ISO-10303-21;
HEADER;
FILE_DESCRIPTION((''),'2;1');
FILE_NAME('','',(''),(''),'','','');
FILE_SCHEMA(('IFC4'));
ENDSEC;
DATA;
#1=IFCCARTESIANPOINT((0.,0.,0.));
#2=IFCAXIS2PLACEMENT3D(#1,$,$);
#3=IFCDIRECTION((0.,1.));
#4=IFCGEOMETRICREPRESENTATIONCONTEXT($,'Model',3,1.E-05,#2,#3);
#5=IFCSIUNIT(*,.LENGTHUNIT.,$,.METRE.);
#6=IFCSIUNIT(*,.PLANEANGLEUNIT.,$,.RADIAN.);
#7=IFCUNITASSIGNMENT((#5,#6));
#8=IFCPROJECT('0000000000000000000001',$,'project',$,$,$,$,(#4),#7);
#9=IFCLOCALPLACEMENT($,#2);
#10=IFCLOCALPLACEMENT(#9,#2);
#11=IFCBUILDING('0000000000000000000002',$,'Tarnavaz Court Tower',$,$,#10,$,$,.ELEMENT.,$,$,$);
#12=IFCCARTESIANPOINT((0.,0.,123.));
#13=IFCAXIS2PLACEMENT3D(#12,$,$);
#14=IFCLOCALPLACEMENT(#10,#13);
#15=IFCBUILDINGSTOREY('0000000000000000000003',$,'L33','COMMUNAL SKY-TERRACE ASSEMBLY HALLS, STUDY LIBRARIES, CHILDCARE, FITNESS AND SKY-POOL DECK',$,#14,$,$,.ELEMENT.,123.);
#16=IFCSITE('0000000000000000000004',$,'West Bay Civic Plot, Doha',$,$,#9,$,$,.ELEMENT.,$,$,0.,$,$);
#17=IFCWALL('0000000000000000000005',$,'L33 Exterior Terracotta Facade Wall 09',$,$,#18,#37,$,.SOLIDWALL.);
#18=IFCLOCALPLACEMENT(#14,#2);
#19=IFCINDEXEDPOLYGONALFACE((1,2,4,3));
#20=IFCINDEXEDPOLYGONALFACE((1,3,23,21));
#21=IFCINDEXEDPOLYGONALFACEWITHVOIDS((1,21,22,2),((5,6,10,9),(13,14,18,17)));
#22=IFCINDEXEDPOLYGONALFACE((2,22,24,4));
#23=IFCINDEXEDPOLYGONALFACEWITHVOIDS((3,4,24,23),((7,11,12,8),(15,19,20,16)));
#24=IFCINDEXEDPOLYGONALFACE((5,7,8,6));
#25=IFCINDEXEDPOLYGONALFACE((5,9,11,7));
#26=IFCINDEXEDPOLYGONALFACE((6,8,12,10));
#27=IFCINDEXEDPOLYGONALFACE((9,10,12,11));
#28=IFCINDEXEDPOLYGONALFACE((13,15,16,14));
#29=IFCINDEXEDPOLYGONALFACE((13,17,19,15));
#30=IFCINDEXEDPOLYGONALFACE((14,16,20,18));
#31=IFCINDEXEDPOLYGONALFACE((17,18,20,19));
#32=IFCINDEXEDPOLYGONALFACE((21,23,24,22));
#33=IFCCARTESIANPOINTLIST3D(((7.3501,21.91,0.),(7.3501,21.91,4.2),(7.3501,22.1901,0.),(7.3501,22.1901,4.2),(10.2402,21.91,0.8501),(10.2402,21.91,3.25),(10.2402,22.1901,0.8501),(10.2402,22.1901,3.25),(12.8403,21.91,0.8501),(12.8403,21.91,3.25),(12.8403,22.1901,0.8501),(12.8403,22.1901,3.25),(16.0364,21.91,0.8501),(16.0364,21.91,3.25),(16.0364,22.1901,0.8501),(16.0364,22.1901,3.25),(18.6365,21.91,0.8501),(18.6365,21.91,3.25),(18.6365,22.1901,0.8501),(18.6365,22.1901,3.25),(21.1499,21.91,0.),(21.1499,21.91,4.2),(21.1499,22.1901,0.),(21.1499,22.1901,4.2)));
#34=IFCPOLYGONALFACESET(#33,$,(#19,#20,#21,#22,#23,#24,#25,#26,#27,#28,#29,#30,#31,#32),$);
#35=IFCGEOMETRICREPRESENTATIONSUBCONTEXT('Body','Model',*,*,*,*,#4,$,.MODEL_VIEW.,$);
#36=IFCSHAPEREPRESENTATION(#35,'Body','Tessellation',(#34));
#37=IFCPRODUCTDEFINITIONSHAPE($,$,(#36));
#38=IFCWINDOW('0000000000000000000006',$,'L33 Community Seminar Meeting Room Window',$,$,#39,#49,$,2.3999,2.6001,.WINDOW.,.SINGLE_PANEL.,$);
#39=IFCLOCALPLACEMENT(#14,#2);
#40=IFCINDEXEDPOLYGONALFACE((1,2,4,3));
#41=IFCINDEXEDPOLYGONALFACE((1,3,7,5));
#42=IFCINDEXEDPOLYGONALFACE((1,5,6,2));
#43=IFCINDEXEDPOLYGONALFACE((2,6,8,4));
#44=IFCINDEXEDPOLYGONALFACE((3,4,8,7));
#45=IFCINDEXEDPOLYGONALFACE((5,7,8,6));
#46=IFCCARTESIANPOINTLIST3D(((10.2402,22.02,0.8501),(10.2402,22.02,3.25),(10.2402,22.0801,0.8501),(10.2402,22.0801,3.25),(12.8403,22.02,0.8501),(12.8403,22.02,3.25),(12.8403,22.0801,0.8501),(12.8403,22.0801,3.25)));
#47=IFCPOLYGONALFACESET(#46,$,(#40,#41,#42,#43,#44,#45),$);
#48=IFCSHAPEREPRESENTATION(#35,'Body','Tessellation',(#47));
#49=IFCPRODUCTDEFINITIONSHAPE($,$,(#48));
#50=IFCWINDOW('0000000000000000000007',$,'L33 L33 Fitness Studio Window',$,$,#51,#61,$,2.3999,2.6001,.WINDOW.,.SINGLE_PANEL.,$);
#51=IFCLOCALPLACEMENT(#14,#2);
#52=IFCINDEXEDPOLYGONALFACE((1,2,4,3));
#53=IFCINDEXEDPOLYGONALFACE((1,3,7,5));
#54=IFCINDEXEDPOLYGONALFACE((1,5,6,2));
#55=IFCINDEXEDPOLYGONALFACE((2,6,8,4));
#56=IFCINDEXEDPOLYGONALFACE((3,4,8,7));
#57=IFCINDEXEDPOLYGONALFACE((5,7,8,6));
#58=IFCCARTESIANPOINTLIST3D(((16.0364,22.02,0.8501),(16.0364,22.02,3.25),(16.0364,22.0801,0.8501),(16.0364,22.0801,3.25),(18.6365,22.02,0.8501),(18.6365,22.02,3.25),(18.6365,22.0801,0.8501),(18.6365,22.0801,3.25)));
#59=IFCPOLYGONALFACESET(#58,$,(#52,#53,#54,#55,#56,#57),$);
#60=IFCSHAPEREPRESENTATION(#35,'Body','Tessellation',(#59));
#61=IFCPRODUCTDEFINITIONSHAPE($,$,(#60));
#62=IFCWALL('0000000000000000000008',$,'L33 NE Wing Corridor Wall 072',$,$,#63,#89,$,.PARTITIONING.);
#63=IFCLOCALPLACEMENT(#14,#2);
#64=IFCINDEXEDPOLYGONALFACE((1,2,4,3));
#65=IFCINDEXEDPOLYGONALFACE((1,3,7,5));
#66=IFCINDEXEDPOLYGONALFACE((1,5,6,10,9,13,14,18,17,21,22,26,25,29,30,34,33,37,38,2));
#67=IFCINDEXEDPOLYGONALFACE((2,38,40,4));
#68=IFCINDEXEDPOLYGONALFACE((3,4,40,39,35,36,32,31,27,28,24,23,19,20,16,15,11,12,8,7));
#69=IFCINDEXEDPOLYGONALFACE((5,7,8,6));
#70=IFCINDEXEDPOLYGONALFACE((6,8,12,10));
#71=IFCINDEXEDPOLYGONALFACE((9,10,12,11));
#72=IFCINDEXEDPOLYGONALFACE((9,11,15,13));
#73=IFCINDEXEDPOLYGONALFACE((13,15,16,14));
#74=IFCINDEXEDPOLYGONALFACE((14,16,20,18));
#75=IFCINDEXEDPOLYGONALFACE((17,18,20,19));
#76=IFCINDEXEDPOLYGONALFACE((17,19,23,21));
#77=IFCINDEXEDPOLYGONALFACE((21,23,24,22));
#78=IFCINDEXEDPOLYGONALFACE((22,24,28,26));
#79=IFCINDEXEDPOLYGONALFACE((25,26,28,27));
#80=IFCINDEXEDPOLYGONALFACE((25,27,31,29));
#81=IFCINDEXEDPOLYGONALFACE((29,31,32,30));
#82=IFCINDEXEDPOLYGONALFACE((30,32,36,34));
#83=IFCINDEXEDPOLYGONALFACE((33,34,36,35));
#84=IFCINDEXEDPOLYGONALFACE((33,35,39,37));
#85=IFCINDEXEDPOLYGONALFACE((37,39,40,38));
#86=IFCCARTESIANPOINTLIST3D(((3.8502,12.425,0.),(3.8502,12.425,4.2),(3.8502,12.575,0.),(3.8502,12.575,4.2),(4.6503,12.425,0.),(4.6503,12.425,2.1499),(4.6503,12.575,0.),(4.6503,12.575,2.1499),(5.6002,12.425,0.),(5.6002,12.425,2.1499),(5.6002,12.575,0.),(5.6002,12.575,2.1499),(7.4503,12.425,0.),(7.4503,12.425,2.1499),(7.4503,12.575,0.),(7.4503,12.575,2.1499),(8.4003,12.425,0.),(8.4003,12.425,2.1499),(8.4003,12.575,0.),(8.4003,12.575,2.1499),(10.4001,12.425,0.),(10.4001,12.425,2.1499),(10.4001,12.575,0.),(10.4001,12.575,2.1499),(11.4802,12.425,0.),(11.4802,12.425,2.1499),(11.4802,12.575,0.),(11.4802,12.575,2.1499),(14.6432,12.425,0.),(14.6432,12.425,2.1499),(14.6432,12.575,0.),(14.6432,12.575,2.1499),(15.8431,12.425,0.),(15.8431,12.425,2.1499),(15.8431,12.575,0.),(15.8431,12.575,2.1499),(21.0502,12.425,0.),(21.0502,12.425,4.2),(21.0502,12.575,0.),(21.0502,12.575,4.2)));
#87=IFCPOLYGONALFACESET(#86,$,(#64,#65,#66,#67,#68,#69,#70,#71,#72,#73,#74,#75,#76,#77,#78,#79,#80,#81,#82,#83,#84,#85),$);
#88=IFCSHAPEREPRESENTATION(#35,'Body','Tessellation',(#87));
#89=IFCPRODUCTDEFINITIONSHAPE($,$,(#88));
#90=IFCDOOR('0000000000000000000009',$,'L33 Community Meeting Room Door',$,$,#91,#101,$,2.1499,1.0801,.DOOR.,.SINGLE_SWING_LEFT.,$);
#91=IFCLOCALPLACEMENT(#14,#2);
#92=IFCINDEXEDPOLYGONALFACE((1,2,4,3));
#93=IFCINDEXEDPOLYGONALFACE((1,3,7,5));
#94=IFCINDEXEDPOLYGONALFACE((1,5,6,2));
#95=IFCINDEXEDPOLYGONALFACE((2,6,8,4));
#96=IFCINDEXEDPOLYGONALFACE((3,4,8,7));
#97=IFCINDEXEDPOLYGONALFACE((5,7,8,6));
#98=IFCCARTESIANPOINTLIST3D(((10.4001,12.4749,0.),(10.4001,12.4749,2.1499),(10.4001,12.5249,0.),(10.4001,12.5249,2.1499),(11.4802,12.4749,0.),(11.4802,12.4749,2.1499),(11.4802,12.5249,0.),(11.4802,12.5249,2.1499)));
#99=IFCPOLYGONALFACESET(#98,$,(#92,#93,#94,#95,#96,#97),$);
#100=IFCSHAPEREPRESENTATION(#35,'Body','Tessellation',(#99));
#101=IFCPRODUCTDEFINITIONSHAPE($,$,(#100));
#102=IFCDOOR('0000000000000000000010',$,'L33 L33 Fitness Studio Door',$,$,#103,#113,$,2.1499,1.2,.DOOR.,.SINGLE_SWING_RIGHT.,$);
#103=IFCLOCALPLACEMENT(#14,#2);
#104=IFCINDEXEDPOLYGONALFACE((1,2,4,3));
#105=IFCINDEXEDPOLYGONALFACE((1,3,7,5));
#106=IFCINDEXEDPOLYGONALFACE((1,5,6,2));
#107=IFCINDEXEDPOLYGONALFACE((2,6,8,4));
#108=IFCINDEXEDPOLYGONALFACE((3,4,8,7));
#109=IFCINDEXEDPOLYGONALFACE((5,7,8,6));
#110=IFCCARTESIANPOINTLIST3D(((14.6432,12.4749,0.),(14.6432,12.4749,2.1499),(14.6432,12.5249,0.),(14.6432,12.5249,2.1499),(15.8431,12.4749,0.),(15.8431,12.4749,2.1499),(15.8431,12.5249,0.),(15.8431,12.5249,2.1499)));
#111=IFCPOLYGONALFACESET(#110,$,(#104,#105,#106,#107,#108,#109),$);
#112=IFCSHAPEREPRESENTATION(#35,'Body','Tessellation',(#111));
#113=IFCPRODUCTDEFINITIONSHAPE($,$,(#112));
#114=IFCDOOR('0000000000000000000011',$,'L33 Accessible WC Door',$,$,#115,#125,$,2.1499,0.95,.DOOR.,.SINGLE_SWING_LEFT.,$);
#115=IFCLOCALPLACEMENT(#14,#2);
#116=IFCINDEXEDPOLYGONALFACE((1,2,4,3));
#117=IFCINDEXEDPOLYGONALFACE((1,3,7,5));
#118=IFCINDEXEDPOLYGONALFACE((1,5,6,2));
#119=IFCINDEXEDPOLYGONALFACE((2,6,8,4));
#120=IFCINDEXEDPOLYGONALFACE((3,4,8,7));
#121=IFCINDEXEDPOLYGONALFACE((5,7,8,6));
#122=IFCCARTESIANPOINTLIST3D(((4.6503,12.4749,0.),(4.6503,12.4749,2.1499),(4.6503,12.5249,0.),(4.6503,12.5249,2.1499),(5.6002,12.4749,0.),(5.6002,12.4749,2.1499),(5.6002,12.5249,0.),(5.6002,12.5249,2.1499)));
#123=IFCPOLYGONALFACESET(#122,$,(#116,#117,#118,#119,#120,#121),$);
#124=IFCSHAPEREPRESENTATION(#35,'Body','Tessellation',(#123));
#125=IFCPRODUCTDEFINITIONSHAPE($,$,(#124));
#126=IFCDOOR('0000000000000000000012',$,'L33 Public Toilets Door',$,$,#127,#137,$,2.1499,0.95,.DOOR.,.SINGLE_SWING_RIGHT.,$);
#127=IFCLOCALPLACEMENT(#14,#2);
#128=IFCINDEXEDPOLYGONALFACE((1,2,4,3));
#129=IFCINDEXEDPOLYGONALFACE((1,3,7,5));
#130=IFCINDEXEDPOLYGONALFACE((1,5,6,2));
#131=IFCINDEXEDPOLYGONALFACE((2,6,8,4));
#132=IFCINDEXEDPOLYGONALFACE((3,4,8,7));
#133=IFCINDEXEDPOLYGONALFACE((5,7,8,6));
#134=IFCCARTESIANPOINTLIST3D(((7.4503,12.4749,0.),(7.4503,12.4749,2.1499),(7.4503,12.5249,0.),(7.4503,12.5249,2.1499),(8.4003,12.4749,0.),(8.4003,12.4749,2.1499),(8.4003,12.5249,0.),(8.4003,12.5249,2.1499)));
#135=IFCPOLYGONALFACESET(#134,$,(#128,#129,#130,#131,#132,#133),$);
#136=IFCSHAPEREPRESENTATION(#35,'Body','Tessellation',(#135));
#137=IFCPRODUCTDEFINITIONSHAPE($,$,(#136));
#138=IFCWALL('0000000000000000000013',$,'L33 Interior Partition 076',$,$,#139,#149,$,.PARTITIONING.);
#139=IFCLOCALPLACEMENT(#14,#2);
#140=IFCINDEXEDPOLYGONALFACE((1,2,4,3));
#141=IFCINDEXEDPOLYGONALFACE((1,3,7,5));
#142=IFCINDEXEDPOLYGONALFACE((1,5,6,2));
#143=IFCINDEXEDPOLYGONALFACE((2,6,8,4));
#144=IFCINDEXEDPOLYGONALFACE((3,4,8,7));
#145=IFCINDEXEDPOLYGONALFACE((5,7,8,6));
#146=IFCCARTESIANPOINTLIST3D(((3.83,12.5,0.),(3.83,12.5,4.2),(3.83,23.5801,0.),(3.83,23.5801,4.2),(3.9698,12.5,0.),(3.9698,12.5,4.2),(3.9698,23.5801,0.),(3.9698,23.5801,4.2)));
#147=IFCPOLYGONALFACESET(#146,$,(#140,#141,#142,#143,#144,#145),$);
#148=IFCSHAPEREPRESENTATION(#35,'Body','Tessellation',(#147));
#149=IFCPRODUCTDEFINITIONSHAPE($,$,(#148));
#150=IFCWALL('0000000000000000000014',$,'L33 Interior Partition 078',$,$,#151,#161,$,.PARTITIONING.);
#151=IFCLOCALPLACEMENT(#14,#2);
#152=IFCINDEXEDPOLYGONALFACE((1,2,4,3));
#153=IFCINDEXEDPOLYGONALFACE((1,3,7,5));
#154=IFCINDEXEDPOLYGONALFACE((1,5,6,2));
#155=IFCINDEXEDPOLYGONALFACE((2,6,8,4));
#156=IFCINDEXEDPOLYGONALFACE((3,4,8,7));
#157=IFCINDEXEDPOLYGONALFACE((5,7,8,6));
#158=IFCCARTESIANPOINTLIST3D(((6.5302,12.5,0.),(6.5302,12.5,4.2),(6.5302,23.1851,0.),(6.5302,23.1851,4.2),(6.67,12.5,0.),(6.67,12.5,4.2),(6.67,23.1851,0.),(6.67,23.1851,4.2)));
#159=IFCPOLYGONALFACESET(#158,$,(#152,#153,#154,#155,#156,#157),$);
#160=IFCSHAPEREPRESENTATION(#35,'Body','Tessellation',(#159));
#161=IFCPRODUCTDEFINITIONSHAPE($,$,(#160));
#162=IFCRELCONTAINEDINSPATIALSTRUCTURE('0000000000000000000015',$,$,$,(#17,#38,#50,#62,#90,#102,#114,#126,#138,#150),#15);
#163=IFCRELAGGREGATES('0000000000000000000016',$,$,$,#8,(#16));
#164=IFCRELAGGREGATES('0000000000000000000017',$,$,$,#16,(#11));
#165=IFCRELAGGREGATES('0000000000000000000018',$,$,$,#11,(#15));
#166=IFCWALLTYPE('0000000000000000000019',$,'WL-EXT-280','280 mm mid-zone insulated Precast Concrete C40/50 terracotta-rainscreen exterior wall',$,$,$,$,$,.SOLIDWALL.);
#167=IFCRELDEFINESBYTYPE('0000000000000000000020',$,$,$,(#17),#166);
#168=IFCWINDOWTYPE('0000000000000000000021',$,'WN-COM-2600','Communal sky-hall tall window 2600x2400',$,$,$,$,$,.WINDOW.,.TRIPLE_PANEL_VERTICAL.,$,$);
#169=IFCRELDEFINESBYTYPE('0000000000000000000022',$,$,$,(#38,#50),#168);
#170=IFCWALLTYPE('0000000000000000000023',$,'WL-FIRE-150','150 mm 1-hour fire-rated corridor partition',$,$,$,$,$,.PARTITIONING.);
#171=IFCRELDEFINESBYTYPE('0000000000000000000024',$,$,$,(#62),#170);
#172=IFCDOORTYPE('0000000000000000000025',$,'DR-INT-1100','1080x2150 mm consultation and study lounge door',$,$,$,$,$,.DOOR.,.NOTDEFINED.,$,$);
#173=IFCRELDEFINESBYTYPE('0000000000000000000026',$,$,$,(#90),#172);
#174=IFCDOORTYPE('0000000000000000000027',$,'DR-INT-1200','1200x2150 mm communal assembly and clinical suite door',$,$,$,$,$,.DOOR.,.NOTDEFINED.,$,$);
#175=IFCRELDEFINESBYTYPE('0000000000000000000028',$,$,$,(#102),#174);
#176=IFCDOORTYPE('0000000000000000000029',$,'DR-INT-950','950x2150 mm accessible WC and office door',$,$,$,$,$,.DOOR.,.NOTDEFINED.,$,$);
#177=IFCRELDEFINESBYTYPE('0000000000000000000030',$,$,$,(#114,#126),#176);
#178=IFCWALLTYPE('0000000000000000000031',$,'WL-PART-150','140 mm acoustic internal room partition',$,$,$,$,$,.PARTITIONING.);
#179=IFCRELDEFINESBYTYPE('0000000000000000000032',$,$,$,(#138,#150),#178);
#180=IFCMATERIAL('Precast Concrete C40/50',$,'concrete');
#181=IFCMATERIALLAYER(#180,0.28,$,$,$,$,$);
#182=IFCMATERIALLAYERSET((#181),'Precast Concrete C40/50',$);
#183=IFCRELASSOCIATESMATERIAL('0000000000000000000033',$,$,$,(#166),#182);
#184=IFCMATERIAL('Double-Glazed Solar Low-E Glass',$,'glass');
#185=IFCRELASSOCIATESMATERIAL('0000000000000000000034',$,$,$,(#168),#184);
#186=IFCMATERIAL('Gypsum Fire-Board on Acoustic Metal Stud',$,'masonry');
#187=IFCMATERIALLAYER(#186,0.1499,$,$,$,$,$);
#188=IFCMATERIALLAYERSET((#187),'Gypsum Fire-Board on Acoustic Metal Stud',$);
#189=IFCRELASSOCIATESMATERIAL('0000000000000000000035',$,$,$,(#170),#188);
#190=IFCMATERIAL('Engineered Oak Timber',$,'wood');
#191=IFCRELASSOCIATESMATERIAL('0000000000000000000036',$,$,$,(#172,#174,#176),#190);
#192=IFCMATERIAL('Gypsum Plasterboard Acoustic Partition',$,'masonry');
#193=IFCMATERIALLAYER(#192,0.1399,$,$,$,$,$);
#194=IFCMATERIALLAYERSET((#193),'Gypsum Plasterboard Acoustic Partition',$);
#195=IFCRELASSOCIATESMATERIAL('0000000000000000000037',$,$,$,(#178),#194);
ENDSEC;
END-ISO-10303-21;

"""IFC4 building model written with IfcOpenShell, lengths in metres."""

from ifc_helpers import new_model, si_unit, direction, frame, frame_2d, origin, place, context, subcontext, project, spatial, rectangle, extrude, material, layer, layer_set, type_object, element, fill, save


model = new_model("IFC4")

# Units and contexts
model_context = context("Model", 3, precision=1e-05, world=origin(), true_north=direction((0.0, 1.0)))
body_context = subcontext(model_context, "Body", "Model", "MODEL_VIEW")
ifc_project = project(units=[si_unit("LENGTHUNIT", "METRE"), si_unit("PLANEANGLEUNIT", "RADIAN")], contexts=[model_context])

# Site, building, storey
site_placement = place(None, origin())
site = spatial("IfcSite", under=ifc_project, at=site_placement, Name="West Bay Civic Plot, Doha", CompositionType="ELEMENT", RefElevation=0.0)
building_placement = place(site_placement, origin())
building = spatial("IfcBuilding", under=site, at=building_placement, Name="Tarnavaz Court Tower", CompositionType="ELEMENT")
storey_placement = place(building_placement, frame((0.0, 0.0, 123.0)))
storey = spatial("IfcBuildingStorey", under=building, at=storey_placement, Name="L33", Description="COMMUNAL SKY-TERRACE ASSEMBLY HALLS, STUDY LIBRARIES, CHILDCARE, FITNESS AND SKY-POOL DECK", CompositionType="ELEMENT", Elevation=123.0)

# Shared definitions
ifc_material_1 = material(Name="Double-Glazed Solar Low-E Glass", Category="glass")

# Shared definitions
ifc_material_2 = material(Name="Precast Concrete C40/50", Category="concrete")
ifc_layer_1 = layer(ifc_material_2, 0.28)
ifc_layer_set_1 = layer_set([ifc_layer_1], Name="Precast Concrete C40/50")
wall_type_1 = type_object("IfcWallType", Name="WL-EXT-280", Description="280 mm mid-zone insulated Precast Concrete C40/50 terracotta-rainscreen exterior wall", PredefinedType="SOLIDWALL", material=ifc_layer_set_1)

# Wall, openings, windows
wall_1_placement = place(storey_placement, frame((7.3501, 22.05, 0.0), z_axis=(0.0, 0.0, 1.0), x_axis=(1.0, 0.0, 0.0)))
wall_1 = element("IfcWall", 1, at=wall_1_placement, inside=storey, type_object=wall_type_1, Name="L33 Exterior Terracotta Facade Wall 09", PredefinedType="SOLIDWALL", context=body_context, shape_type="SweptSolid", body=[
    extrude(rectangle(XDim=13.7998, YDim=0.28, at=frame_2d((6.8999, 0.0))), origin(), (0.0, 0.0, 1.0), 4.2),
])
opening_1_placement = place(wall_1_placement, frame((2.8901, 0.0, 0.8501)))
opening_1 = element("IfcOpeningElement", 2, at=opening_1_placement, cuts=wall_1, PredefinedType="OPENING", context=body_context, shape_type="SweptSolid", body=[
    extrude(rectangle(XDim=2.6001, YDim=2.3999, at=frame_2d((1.3, 1.2))), frame((0.0, 0.1499, 0.0), z_axis=(0.0, -1.0, 0.0), x_axis=(1.0, 0.0, 0.0)), (0.0, 0.0, 1.0), 0.3),
])
opening_2_placement = place(wall_1_placement, frame((8.6863, 0.0, 0.8501)))
opening_2 = element("IfcOpeningElement", 3, at=opening_2_placement, cuts=wall_1, PredefinedType="OPENING", context=body_context, shape_type="SweptSolid", body=[
    extrude(rectangle(XDim=2.6001, YDim=2.3999, at=frame_2d((1.3, 1.2))), frame((0.0, 0.1499, 0.0), z_axis=(0.0, -1.0, 0.0), x_axis=(1.0, 0.0, 0.0)), (0.0, 0.0, 1.0), 0.3),
])
window_type = type_object("IfcWindowType", Name="WN-COM-2600", Description="Communal sky-hall tall window 2600x2400", PartitioningType="TRIPLE_PANEL_VERTICAL", PredefinedType="WINDOW", material=ifc_material_1)
window_1_placement = place(opening_1_placement, origin())
window_1 = element("IfcWindow", 4, at=window_1_placement, inside=storey, type_object=window_type, Name="L33 Community Seminar Meeting Room Window", OverallHeight=2.3999, OverallWidth=2.6001, PartitioningType="SINGLE_PANEL", PredefinedType="WINDOW", context=body_context, shape_type="SweptSolid", body=[
    extrude(rectangle(XDim=2.6001, YDim=2.3999, at=frame_2d((1.3, 1.2))), frame((0.0, 0.03, 0.0), z_axis=(0.0, -1.0, 0.0), x_axis=(1.0, 0.0, 0.0)), (0.0, 0.0, 1.0), 0.0601),
])
fill(opening_1, window_1)
window_2_placement = place(opening_2_placement, origin())
window_2 = element("IfcWindow", 5, at=window_2_placement, inside=storey, type_object=window_type, Name="L33 L33 Fitness Studio Window", OverallHeight=2.3999, OverallWidth=2.6001, PartitioningType="SINGLE_PANEL", PredefinedType="WINDOW", context=body_context, shape_type="SweptSolid", body=[
    extrude(rectangle(XDim=2.6001, YDim=2.3999, at=frame_2d((1.3, 1.2))), frame((0.0, 0.03, 0.0), z_axis=(0.0, -1.0, 0.0), x_axis=(1.0, 0.0, 0.0)), (0.0, 0.0, 1.0), 0.0601),
])
fill(opening_2, window_2)

# Wall, openings, doors
ifc_material_3 = material(Name="Gypsum Fire-Board on Acoustic Metal Stud", Category="masonry")
ifc_layer_2 = layer(ifc_material_3, 0.1499)
ifc_layer_set_2 = layer_set([ifc_layer_2], Name="Gypsum Fire-Board on Acoustic Metal Stud")
wall_type_2 = type_object("IfcWallType", Name="WL-FIRE-150", Description="150 mm 1-hour fire-rated corridor partition", PredefinedType="PARTITIONING", material=ifc_layer_set_2)
wall_2_placement = place(storey_placement, frame((3.8501, 12.5, 0.0), z_axis=(0.0, 0.0, 1.0), x_axis=(1.0, 0.0, 0.0)))
wall_2 = element("IfcWall", 6, at=wall_2_placement, inside=storey, type_object=wall_type_2, Name="L33 NE Wing Corridor Wall 072", PredefinedType="PARTITIONING", context=body_context, shape_type="SweptSolid", body=[
    extrude(rectangle(XDim=17.2, YDim=0.1499, at=frame_2d((8.6001, 0.0))), origin(), (0.0, 0.0, 1.0), 4.2),
])
opening_3_placement = place(wall_2_placement, frame((0.8, 0.0, 0.0)))
opening_3 = element("IfcOpeningElement", 7, at=opening_3_placement, cuts=wall_2, PredefinedType="OPENING", context=body_context, shape_type="SweptSolid", body=[
    extrude(rectangle(XDim=0.95, YDim=2.1499, at=frame_2d((0.4751, 1.075))), frame((0.0, 0.085, 0.0), z_axis=(0.0, -1.0, 0.0), x_axis=(1.0, 0.0, 0.0)), (0.0, 0.0, 1.0), 0.1699),
])
opening_4_placement = place(wall_2_placement, frame((3.6001, 0.0, 0.0)))
opening_4 = element("IfcOpeningElement", 8, at=opening_4_placement, cuts=wall_2, PredefinedType="OPENING", context=body_context, shape_type="SweptSolid", body=[
    extrude(rectangle(XDim=0.95, YDim=2.1499, at=frame_2d((0.4751, 1.075))), frame((0.0, 0.085, 0.0), z_axis=(0.0, -1.0, 0.0), x_axis=(1.0, 0.0, 0.0)), (0.0, 0.0, 1.0), 0.1699),
])
opening_5_placement = place(wall_2_placement, frame((6.55, 0.0, 0.0)))
opening_5 = element("IfcOpeningElement", 9, at=opening_5_placement, cuts=wall_2, PredefinedType="OPENING", context=body_context, shape_type="SweptSolid", body=[
    extrude(rectangle(XDim=1.0801, YDim=2.1499, at=frame_2d((0.54, 1.075))), frame((0.0, 0.085, 0.0), z_axis=(0.0, -1.0, 0.0), x_axis=(1.0, 0.0, 0.0)), (0.0, 0.0, 1.0), 0.1699),
])
opening_6_placement = place(wall_2_placement, frame((10.793, 0.0, 0.0)))
opening_6 = element("IfcOpeningElement", 10, at=opening_6_placement, cuts=wall_2, PredefinedType="OPENING", context=body_context, shape_type="SweptSolid", body=[
    extrude(rectangle(XDim=1.2, YDim=2.1499, at=frame_2d((0.6001, 1.075))), frame((0.0, 0.085, 0.0), z_axis=(0.0, -1.0, 0.0), x_axis=(1.0, 0.0, 0.0)), (0.0, 0.0, 1.0), 0.1699),
])
ifc_material_4 = material(Name="Engineered Oak Timber", Category="wood")
door_type_1 = type_object("IfcDoorType", Name="DR-INT-1100", Description="1080x2150 mm consultation and study lounge door", OperationType="NOTDEFINED", PredefinedType="DOOR", material=ifc_material_4)
door_1_placement = place(opening_5_placement, origin())
door_1 = element("IfcDoor", 11, at=door_1_placement, inside=storey, type_object=door_type_1, Name="L33 Community Meeting Room Door", OperationType="SINGLE_SWING_LEFT", OverallHeight=2.1499, OverallWidth=1.0801, PredefinedType="DOOR", context=body_context, shape_type="SweptSolid", body=[
    extrude(rectangle(XDim=1.0801, YDim=2.1499, at=frame_2d((0.54, 1.075))), frame((0.0, 0.0249, 0.0), z_axis=(0.0, -1.0, 0.0), x_axis=(1.0, 0.0, 0.0)), (0.0, 0.0, 1.0), 0.05),
])
fill(opening_5, door_1)
door_type_2 = type_object("IfcDoorType", Name="DR-INT-1200", Description="1200x2150 mm communal assembly and clinical suite door", OperationType="NOTDEFINED", PredefinedType="DOOR", material=ifc_material_4)
door_2_placement = place(opening_6_placement, origin())
door_2 = element("IfcDoor", 12, at=door_2_placement, inside=storey, type_object=door_type_2, Name="L33 L33 Fitness Studio Door", OperationType="SINGLE_SWING_RIGHT", OverallHeight=2.1499, OverallWidth=1.2, PredefinedType="DOOR", context=body_context, shape_type="SweptSolid", body=[
    extrude(rectangle(XDim=1.2, YDim=2.1499, at=frame_2d((0.6001, 1.075))), frame((0.0, 0.0249, 0.0), z_axis=(0.0, -1.0, 0.0), x_axis=(1.0, 0.0, 0.0)), (0.0, 0.0, 1.0), 0.05),
])
fill(opening_6, door_2)
door_type_3 = type_object("IfcDoorType", Name="DR-INT-950", Description="950x2150 mm accessible WC and office door", OperationType="NOTDEFINED", PredefinedType="DOOR", material=ifc_material_4)
door_3_placement = place(opening_3_placement, origin())
door_3 = element("IfcDoor", 13, at=door_3_placement, inside=storey, type_object=door_type_3, Name="L33 Accessible WC Door", OperationType="SINGLE_SWING_LEFT", OverallHeight=2.1499, OverallWidth=0.95, PredefinedType="DOOR", context=body_context, shape_type="SweptSolid", body=[
    extrude(rectangle(XDim=0.95, YDim=2.1499, at=frame_2d((0.4751, 1.075))), frame((0.0, 0.0249, 0.0), z_axis=(0.0, -1.0, 0.0), x_axis=(1.0, 0.0, 0.0)), (0.0, 0.0, 1.0), 0.05),
])
fill(opening_3, door_3)
door_4_placement = place(opening_4_placement, origin())
door_4 = element("IfcDoor", 14, at=door_4_placement, inside=storey, type_object=door_type_3, Name="L33 Public Toilets Door", OperationType="SINGLE_SWING_RIGHT", OverallHeight=2.1499, OverallWidth=0.95, PredefinedType="DOOR", context=body_context, shape_type="SweptSolid", body=[
    extrude(rectangle(XDim=0.95, YDim=2.1499, at=frame_2d((0.4751, 1.075))), frame((0.0, 0.0249, 0.0), z_axis=(0.0, -1.0, 0.0), x_axis=(1.0, 0.0, 0.0)), (0.0, 0.0, 1.0), 0.05),
])
fill(opening_4, door_4)

# Walls
ifc_material_5 = material(Name="Gypsum Plasterboard Acoustic Partition", Category="masonry")
ifc_layer_3 = layer(ifc_material_5, 0.1399)
ifc_layer_set_3 = layer_set([ifc_layer_3], Name="Gypsum Plasterboard Acoustic Partition")
wall_type_3 = type_object("IfcWallType", Name="WL-PART-150", Description="140 mm acoustic internal room partition", PredefinedType="PARTITIONING", material=ifc_layer_set_3)
wall_3_placement = place(storey_placement, frame((3.8999, 12.5, 0.0), z_axis=(0.0, 0.0, 1.0), x_axis=(0.0, 1.0, 0.0)))
element("IfcWall", 15, at=wall_3_placement, inside=storey, type_object=wall_type_3, Name="L33 Interior Partition 076", PredefinedType="PARTITIONING", context=body_context, shape_type="SweptSolid", body=[
    extrude(rectangle(XDim=11.0801, YDim=0.1399, at=frame_2d((5.54, 0.0))), origin(), (0.0, 0.0, 1.0), 4.2),
])
wall_4_placement = place(storey_placement, frame((6.6001, 12.5, 0.0), z_axis=(0.0, 0.0, 1.0), x_axis=(0.0, 1.0, 0.0)))
element("IfcWall", 16, at=wall_4_placement, inside=storey, type_object=wall_type_3, Name="L33 Interior Partition 078", PredefinedType="PARTITIONING", context=body_context, shape_type="SweptSolid", body=[
    extrude(rectangle(XDim=10.6851, YDim=0.1399, at=frame_2d((5.3425, 0.0))), origin(), (0.0, 0.0, 1.0), 4.2),
])

save(model, "model.ifc")
